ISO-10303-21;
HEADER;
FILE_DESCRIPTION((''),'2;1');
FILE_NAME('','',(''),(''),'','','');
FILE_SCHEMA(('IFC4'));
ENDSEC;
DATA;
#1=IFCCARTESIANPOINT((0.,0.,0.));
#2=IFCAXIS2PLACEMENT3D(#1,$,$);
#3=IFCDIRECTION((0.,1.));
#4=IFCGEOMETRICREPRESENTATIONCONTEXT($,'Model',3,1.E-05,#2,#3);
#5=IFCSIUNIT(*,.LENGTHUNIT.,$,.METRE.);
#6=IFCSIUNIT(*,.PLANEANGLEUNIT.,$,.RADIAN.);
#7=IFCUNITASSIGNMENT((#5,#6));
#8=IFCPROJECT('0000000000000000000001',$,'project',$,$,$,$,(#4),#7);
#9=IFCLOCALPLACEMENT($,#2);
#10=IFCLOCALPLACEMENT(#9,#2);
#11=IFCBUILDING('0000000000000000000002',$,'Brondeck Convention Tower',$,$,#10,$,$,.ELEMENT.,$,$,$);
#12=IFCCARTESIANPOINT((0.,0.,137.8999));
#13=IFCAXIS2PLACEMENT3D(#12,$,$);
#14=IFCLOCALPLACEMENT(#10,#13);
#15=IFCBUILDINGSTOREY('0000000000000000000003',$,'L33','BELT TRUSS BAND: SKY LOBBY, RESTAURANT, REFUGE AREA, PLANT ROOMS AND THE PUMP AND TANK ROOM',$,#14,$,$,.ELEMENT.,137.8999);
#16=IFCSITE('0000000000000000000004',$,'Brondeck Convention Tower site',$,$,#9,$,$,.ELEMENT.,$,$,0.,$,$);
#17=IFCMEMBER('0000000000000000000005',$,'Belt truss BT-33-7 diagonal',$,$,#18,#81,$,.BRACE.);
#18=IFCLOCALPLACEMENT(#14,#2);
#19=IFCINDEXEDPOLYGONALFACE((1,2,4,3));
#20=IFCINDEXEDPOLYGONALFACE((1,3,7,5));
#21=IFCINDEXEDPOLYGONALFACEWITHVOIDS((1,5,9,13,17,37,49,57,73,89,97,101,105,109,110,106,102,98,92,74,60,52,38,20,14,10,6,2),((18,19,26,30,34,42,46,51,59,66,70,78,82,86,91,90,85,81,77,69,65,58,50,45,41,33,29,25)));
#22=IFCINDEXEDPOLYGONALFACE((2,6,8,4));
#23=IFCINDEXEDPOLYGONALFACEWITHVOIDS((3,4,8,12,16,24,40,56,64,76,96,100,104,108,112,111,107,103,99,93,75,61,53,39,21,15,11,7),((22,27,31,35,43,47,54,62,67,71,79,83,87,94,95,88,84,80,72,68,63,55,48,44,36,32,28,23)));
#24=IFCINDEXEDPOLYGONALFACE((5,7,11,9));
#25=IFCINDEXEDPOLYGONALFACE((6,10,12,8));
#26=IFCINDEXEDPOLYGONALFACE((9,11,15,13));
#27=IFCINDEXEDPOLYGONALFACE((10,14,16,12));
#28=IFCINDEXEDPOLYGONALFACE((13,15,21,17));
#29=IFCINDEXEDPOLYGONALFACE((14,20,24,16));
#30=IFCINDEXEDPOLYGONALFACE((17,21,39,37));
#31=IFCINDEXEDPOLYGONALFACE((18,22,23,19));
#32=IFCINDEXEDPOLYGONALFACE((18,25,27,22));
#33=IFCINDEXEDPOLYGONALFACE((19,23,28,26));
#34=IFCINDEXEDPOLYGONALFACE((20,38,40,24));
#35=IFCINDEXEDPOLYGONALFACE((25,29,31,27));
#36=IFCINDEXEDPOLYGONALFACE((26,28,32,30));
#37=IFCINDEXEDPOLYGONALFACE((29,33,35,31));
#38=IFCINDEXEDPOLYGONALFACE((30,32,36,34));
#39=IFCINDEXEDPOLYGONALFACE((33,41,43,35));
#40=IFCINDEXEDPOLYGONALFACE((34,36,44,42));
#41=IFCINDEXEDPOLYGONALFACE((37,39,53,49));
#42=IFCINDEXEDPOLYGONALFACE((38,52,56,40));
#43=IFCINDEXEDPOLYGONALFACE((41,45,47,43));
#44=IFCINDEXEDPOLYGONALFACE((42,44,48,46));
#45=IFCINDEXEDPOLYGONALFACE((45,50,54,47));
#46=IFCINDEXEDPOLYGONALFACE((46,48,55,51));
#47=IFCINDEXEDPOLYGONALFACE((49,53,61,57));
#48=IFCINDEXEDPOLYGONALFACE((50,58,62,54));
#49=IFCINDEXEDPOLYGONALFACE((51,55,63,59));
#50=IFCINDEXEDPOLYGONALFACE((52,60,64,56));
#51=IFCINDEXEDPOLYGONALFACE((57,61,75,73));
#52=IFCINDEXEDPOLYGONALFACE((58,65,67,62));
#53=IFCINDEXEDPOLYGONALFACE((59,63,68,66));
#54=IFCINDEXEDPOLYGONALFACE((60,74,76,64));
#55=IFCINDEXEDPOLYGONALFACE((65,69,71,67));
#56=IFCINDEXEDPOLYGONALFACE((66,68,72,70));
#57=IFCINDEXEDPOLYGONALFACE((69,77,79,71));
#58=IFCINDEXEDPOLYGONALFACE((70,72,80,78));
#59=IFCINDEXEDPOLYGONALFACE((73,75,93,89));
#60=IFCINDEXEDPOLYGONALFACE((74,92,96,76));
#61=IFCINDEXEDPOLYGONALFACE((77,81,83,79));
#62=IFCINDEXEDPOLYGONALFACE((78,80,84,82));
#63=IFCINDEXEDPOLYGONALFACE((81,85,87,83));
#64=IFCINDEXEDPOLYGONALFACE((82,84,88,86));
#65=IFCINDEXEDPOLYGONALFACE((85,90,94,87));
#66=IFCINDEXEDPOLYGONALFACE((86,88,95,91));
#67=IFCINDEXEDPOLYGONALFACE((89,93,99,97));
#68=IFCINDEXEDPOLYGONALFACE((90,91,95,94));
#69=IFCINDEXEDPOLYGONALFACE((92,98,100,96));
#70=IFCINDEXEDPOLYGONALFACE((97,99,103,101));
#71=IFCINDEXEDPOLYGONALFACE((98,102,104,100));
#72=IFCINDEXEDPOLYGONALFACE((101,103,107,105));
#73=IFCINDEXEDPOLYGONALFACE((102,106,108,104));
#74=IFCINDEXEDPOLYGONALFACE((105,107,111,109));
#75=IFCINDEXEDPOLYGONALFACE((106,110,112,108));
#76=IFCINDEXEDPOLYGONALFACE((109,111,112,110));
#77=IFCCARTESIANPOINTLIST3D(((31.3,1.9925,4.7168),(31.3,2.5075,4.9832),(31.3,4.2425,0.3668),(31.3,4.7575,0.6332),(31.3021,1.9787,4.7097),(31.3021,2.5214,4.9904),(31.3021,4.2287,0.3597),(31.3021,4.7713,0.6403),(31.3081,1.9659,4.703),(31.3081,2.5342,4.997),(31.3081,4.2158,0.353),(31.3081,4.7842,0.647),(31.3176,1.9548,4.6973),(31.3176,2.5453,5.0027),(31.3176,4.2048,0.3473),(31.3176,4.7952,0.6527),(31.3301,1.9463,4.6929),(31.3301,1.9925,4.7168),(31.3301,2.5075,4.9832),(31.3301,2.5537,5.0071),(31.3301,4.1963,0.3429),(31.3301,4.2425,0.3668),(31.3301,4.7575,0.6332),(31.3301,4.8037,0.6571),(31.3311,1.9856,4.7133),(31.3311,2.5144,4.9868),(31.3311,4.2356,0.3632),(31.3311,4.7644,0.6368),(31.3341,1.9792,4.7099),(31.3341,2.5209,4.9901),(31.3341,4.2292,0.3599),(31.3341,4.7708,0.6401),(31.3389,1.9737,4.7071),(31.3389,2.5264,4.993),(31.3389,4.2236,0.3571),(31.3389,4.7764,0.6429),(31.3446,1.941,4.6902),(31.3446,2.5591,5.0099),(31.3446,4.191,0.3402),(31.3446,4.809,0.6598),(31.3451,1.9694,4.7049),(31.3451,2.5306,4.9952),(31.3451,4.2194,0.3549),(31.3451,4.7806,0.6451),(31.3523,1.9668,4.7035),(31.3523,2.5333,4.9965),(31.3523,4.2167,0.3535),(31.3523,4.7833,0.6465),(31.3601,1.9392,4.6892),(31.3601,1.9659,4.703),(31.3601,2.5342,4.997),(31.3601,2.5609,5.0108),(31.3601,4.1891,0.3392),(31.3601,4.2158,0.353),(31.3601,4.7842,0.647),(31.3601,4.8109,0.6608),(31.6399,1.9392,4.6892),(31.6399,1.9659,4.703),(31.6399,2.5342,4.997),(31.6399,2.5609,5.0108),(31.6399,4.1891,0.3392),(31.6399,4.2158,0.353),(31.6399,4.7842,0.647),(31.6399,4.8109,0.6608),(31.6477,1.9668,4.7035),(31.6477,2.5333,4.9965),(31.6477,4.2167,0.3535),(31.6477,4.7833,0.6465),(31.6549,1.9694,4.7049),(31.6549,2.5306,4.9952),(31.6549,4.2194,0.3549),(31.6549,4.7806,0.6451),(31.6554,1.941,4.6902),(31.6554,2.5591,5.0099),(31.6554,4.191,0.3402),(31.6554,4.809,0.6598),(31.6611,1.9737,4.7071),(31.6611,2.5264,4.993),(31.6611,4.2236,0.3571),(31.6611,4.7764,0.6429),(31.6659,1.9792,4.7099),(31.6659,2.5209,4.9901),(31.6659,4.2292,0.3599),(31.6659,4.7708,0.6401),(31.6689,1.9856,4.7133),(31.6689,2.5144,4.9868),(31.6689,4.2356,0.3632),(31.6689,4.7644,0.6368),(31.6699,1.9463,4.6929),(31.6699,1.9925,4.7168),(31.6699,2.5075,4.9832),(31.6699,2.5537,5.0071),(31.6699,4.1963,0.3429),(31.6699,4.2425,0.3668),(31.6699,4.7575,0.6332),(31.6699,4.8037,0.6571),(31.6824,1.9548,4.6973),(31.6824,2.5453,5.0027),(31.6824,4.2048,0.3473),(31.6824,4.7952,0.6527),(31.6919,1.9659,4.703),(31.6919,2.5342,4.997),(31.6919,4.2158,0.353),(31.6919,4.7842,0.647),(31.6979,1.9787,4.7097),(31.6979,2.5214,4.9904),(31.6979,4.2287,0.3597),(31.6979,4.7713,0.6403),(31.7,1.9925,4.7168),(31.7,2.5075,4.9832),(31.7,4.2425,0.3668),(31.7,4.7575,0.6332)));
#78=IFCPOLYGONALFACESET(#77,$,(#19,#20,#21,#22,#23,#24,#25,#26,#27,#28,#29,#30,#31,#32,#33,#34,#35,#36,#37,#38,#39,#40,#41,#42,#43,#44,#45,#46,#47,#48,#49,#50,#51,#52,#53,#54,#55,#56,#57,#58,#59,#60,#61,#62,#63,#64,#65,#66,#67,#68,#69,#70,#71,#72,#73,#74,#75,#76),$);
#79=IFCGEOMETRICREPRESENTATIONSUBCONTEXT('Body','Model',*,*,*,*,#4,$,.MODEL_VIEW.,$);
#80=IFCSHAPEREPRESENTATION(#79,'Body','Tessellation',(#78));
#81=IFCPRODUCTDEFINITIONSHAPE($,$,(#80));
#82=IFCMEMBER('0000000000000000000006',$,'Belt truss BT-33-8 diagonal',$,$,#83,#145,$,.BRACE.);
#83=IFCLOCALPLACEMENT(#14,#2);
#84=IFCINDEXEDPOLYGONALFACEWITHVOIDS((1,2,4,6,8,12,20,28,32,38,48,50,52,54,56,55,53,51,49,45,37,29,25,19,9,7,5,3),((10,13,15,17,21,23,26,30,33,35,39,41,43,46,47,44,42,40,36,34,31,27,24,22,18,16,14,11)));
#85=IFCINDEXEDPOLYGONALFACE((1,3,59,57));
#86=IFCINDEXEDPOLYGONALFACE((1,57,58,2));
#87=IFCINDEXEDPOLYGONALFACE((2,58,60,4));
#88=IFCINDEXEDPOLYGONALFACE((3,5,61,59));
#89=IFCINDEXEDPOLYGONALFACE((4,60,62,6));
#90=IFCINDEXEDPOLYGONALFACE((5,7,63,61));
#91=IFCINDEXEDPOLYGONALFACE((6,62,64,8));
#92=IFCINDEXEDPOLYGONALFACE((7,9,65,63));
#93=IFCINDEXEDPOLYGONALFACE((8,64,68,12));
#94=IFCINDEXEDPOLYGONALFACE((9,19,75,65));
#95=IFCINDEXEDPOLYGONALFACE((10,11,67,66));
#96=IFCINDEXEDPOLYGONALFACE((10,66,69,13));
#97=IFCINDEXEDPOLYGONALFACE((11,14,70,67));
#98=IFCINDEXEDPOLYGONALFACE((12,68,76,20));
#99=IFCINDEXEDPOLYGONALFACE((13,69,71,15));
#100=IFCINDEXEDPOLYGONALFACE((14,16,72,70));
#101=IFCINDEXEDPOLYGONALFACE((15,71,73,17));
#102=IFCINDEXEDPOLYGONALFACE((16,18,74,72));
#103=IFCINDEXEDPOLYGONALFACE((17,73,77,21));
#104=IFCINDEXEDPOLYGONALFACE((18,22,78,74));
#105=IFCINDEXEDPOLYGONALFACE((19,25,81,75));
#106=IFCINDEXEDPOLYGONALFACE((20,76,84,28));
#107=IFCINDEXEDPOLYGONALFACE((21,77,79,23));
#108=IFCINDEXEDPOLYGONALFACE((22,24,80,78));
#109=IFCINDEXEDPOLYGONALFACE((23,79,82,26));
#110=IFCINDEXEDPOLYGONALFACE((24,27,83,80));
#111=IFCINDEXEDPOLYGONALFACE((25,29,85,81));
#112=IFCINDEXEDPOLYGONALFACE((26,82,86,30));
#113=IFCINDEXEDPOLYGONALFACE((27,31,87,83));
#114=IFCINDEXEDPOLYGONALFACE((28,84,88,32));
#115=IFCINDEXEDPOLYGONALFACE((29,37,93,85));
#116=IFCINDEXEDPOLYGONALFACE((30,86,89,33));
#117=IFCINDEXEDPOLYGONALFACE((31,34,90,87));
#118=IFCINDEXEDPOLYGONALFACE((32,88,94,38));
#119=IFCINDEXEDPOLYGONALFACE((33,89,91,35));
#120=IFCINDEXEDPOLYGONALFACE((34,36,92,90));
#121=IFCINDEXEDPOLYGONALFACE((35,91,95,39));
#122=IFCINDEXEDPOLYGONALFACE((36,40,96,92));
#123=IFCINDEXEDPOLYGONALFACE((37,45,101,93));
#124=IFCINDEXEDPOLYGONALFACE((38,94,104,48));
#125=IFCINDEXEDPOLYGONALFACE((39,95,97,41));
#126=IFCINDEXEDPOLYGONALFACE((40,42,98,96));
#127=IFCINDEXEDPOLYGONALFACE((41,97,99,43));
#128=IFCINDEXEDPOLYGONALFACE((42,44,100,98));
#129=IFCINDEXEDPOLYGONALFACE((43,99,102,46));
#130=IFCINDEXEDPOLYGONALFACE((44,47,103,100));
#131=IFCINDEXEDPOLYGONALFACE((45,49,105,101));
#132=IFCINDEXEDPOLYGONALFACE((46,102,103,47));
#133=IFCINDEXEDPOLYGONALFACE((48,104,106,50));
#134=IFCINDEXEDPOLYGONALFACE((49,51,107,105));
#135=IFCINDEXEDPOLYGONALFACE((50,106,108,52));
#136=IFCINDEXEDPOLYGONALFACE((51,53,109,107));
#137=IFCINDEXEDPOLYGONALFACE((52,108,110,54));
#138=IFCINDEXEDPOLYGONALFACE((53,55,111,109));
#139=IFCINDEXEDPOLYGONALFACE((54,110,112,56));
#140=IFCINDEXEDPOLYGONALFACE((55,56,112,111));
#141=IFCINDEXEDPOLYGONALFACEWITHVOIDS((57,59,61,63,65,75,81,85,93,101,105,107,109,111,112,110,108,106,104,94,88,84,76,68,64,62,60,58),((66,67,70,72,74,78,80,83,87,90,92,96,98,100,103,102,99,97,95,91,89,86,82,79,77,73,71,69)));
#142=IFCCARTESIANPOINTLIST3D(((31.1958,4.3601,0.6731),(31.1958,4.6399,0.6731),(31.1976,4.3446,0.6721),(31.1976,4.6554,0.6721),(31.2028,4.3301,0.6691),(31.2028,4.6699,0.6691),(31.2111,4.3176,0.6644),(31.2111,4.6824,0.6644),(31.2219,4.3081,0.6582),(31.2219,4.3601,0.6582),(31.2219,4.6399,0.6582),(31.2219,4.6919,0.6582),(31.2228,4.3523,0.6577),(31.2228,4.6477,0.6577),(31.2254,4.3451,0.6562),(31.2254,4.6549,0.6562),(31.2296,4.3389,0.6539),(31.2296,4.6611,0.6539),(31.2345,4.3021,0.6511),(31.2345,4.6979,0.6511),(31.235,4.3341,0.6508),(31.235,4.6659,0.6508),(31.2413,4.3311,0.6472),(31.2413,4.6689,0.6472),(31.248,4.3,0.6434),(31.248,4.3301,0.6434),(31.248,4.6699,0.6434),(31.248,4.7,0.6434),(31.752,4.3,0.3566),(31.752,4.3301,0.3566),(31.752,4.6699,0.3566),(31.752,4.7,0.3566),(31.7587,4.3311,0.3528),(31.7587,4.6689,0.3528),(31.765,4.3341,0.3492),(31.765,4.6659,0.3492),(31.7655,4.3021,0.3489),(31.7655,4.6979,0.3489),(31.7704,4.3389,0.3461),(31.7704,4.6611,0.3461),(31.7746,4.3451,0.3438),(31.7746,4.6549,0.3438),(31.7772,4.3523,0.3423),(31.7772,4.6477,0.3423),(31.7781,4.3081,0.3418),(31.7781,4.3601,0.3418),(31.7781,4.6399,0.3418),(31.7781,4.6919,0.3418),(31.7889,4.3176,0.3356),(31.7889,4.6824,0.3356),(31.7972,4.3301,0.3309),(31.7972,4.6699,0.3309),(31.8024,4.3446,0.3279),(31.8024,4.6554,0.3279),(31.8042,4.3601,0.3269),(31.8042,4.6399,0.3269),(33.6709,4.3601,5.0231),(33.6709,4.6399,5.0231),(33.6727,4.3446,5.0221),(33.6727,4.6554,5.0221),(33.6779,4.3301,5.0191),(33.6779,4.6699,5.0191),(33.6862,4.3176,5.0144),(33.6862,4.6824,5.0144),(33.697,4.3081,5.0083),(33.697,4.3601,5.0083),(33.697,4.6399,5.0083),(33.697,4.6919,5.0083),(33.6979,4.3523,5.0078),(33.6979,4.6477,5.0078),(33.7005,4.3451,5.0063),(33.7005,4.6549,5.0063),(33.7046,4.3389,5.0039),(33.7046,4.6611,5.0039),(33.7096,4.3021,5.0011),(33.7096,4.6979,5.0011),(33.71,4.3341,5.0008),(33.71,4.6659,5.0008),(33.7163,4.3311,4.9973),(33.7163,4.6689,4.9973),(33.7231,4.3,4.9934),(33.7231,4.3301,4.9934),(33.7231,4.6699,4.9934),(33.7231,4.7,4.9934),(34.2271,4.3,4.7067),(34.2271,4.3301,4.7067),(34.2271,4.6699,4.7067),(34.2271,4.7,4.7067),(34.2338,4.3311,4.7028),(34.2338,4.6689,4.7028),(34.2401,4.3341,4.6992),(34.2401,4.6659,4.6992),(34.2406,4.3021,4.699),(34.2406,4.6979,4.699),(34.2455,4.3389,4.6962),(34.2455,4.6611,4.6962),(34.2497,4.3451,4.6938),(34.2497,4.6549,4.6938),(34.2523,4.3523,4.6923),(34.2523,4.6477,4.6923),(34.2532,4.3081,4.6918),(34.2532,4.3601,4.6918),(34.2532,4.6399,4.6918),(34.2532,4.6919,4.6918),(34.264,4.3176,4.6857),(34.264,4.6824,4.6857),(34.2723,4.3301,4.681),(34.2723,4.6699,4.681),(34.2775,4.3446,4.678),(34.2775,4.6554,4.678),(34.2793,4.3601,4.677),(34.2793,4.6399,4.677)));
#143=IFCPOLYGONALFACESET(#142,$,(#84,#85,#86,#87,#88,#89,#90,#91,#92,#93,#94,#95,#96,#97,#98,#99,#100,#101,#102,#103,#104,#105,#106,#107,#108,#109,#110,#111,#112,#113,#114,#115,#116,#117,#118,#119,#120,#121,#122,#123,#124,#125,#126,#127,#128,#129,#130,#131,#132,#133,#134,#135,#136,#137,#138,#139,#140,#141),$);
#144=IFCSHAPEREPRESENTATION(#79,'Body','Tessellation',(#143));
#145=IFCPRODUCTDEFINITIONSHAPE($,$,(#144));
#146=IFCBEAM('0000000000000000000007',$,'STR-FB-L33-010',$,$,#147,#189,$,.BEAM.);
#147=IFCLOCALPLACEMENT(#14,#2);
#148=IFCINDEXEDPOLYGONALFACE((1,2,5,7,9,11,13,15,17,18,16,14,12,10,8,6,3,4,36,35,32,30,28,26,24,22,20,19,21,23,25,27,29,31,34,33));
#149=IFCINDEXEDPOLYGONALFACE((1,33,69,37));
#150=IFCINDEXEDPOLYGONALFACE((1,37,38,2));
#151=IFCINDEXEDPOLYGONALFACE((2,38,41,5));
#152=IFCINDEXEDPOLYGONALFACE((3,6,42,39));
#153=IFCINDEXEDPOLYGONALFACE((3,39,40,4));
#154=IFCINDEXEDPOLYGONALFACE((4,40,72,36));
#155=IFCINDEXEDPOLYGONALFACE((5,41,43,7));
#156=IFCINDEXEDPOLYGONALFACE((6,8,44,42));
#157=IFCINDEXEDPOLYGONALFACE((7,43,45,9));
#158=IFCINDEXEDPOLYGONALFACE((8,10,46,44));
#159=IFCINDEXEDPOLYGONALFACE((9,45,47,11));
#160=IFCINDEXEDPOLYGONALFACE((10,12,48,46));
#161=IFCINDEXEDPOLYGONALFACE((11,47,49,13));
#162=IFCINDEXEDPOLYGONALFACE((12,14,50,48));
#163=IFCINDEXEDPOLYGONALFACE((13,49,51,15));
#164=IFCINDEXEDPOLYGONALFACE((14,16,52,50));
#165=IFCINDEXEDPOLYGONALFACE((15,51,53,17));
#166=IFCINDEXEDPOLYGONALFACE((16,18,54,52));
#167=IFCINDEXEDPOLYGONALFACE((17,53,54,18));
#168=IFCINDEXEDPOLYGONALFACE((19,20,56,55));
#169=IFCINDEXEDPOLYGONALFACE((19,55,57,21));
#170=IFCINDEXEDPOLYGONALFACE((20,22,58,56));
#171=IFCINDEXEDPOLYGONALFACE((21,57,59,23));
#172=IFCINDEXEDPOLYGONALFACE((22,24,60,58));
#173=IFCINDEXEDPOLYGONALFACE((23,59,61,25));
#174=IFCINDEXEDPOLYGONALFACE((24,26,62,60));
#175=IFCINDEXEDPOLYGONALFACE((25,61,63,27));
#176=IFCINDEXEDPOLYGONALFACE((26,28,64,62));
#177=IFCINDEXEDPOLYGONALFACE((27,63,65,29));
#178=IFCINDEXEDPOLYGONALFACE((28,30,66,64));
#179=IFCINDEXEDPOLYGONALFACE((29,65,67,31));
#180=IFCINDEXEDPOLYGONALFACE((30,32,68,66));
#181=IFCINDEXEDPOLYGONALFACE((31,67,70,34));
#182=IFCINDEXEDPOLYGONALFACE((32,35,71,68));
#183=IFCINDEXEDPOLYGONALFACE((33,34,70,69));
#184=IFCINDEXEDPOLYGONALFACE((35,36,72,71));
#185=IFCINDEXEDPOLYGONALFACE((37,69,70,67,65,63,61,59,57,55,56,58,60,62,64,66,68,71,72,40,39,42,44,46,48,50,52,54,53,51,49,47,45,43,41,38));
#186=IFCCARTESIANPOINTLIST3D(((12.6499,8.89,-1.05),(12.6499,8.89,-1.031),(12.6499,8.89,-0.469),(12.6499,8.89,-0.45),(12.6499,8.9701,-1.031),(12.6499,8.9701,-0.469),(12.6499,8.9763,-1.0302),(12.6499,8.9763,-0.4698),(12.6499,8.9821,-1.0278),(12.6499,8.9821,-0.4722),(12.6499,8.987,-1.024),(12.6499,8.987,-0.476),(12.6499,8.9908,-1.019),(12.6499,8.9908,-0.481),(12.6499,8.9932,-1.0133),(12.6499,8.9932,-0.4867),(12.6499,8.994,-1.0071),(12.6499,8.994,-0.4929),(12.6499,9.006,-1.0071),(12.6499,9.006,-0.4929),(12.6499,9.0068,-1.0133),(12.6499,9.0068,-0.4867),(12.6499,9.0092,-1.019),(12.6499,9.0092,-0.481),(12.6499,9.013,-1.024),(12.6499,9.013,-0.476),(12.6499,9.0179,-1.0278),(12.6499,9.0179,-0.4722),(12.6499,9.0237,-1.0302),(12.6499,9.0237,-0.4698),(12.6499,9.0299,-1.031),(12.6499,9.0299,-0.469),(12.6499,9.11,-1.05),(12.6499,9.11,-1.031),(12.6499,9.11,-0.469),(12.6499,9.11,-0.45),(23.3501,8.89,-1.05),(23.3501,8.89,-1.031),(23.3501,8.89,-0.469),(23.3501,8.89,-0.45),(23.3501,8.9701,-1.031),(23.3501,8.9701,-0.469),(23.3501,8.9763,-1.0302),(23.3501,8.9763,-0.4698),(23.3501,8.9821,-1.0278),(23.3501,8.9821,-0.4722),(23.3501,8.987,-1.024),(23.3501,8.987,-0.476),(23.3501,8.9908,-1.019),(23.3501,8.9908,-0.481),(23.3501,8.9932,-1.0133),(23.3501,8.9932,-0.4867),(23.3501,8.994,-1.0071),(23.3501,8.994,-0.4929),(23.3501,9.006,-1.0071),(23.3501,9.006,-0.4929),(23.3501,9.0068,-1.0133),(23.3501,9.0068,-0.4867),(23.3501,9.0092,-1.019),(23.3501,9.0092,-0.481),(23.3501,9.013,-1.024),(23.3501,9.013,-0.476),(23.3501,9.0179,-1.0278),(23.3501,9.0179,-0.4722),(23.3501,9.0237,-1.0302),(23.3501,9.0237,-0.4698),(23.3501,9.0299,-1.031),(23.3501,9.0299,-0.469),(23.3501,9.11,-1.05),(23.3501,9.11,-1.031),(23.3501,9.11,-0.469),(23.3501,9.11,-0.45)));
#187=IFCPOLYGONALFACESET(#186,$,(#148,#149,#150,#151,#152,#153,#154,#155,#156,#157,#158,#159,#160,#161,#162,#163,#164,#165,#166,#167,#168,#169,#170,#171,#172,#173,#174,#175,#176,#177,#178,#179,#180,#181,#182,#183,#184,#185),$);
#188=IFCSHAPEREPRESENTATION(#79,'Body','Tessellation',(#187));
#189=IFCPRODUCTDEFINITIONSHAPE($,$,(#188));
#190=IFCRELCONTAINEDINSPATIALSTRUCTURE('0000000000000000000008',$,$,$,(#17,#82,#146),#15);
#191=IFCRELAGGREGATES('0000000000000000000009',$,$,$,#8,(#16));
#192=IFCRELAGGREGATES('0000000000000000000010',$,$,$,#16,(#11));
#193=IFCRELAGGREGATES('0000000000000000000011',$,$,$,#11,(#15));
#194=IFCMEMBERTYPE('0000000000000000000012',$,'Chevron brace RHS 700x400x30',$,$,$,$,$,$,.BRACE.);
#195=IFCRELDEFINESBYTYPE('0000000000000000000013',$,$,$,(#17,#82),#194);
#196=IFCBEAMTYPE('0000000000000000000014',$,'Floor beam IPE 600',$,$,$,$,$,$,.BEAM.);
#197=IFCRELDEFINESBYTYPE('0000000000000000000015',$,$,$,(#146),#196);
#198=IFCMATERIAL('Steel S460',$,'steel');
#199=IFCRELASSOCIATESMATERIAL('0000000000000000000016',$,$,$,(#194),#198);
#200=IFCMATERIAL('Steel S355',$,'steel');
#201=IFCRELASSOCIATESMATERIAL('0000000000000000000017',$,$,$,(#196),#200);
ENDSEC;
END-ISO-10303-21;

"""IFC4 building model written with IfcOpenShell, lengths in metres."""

from ifc_helpers import new_model, si_unit, direction, frame, origin, origin_2d, place, context, subcontext, project, spatial, hollow_rectangle, i_section, extrude, material, material_profile, profile_set, type_object, element, save


model = new_model("IFC4")

# Units and contexts
model_context = context("Model", 3, precision=1e-05, world=origin(), true_north=direction((0.0, 1.0)))
body_context = subcontext(model_context, "Body", "Model", "MODEL_VIEW")
ifc_project = project(units=[si_unit("LENGTHUNIT", "METRE"), si_unit("PLANEANGLEUNIT", "RADIAN")], contexts=[model_context])

# Site, building, storey
site_placement = place(None, origin())
site = spatial("IfcSite", under=ifc_project, at=site_placement, Name="Brondeck Convention Tower site", CompositionType="ELEMENT", RefElevation=0.0)
building_placement = place(site_placement, origin())
building = spatial("IfcBuilding", under=site, at=building_placement, Name="Brondeck Convention Tower", CompositionType="ELEMENT")
storey_placement = place(building_placement, frame((0.0, 0.0, 137.8999)))
storey = spatial("IfcBuildingStorey", under=building, at=storey_placement, Name="L33", Description="BELT TRUSS BAND: SKY LOBBY, RESTAURANT, REFUGE AREA, PLANT ROOMS AND THE PUMP AND TANK ROOM", CompositionType="ELEMENT", Elevation=137.8999)

# Members
ifc_material_1 = material(Name="Steel S460", Category="steel")
ifc_material_profile_1 = material_profile(ifc_material_1, hollow_rectangle(XDim=0.3999, YDim=0.7, WallThickness=0.03, InnerFilletRadius=0.03, OuterFilletRadius=0.0601, at=origin_2d()), Name="RHS 700x400x30")
ifc_profile_set_1 = profile_set([ifc_material_profile_1], Name="Steel S460")
member_type_1 = type_object("IfcMemberType", Name="Chevron brace RHS 700x400x30", PredefinedType="BRACE", material=ifc_profile_set_1)
member_1_placement = place(storey_placement, frame((31.5, 4.5, 0.5), z_axis=(0.0, -0.459415, 0.888222), x_axis=(1.0, 0.0, 0.0)))
element("IfcMember", 1, at=member_1_placement, inside=storey, type_object=member_type_1, Name="Belt truss BT-33-7 diagonal", PredefinedType="BRACE", context=body_context, shape_type="SweptSolid", body=[
    extrude(hollow_rectangle(XDim=0.3999, YDim=0.7, WallThickness=0.03, InnerFilletRadius=0.03, OuterFilletRadius=0.0601, at=origin_2d()), origin(), (0.0, 0.0, 1.0), 4.8975),
])
member_2_placement = place(storey_placement, frame((31.5, 4.5, 0.5), z_axis=(0.494531, 0.0, 0.86916), x_axis=(0.0, 1.0, 0.0)))
element("IfcMember", 2, at=member_2_placement, inside=storey, type_object=member_type_1, Name="Belt truss BT-33-8 diagonal", PredefinedType="BRACE", context=body_context, shape_type="SweptSolid", body=[
    extrude(hollow_rectangle(XDim=0.3999, YDim=0.7, WallThickness=0.03, InnerFilletRadius=0.03, OuterFilletRadius=0.0601, at=origin_2d()), origin(), (0.0, 0.0, 1.0), 5.0049),
])

# Beam
ifc_material_2 = material(Name="Steel S355", Category="steel")
ifc_material_profile_2 = material_profile(ifc_material_2, i_section(OverallWidth=0.22, OverallDepth=0.6001, WebThickness=0.012, FlangeThickness=0.019, FilletRadius=0.0239, at=origin_2d()), Name="IPE 600")
ifc_profile_set_2 = profile_set([ifc_material_profile_2], Name="Steel S355")
beam_type_1 = type_object("IfcBeamType", Name="Floor beam IPE 600", PredefinedType="BEAM", material=ifc_profile_set_2)
beam_1_placement = place(storey_placement, frame((12.6499, 9.0, -0.75), z_axis=(1.0, 0.0, 0.0), x_axis=(0.0, 1.0, 0.0)))
element("IfcBeam", 3, at=beam_1_placement, inside=storey, type_object=beam_type_1, Name="STR-FB-L33-010", PredefinedType="BEAM", context=body_context, shape_type="SweptSolid", body=[
    extrude(i_section(OverallWidth=0.22, OverallDepth=0.6001, WebThickness=0.012, FlangeThickness=0.019, FilletRadius=0.0239, at=origin_2d()), origin(), (0.0, 0.0, 1.0), 10.7002),
])

save(model, "model.ifc")
